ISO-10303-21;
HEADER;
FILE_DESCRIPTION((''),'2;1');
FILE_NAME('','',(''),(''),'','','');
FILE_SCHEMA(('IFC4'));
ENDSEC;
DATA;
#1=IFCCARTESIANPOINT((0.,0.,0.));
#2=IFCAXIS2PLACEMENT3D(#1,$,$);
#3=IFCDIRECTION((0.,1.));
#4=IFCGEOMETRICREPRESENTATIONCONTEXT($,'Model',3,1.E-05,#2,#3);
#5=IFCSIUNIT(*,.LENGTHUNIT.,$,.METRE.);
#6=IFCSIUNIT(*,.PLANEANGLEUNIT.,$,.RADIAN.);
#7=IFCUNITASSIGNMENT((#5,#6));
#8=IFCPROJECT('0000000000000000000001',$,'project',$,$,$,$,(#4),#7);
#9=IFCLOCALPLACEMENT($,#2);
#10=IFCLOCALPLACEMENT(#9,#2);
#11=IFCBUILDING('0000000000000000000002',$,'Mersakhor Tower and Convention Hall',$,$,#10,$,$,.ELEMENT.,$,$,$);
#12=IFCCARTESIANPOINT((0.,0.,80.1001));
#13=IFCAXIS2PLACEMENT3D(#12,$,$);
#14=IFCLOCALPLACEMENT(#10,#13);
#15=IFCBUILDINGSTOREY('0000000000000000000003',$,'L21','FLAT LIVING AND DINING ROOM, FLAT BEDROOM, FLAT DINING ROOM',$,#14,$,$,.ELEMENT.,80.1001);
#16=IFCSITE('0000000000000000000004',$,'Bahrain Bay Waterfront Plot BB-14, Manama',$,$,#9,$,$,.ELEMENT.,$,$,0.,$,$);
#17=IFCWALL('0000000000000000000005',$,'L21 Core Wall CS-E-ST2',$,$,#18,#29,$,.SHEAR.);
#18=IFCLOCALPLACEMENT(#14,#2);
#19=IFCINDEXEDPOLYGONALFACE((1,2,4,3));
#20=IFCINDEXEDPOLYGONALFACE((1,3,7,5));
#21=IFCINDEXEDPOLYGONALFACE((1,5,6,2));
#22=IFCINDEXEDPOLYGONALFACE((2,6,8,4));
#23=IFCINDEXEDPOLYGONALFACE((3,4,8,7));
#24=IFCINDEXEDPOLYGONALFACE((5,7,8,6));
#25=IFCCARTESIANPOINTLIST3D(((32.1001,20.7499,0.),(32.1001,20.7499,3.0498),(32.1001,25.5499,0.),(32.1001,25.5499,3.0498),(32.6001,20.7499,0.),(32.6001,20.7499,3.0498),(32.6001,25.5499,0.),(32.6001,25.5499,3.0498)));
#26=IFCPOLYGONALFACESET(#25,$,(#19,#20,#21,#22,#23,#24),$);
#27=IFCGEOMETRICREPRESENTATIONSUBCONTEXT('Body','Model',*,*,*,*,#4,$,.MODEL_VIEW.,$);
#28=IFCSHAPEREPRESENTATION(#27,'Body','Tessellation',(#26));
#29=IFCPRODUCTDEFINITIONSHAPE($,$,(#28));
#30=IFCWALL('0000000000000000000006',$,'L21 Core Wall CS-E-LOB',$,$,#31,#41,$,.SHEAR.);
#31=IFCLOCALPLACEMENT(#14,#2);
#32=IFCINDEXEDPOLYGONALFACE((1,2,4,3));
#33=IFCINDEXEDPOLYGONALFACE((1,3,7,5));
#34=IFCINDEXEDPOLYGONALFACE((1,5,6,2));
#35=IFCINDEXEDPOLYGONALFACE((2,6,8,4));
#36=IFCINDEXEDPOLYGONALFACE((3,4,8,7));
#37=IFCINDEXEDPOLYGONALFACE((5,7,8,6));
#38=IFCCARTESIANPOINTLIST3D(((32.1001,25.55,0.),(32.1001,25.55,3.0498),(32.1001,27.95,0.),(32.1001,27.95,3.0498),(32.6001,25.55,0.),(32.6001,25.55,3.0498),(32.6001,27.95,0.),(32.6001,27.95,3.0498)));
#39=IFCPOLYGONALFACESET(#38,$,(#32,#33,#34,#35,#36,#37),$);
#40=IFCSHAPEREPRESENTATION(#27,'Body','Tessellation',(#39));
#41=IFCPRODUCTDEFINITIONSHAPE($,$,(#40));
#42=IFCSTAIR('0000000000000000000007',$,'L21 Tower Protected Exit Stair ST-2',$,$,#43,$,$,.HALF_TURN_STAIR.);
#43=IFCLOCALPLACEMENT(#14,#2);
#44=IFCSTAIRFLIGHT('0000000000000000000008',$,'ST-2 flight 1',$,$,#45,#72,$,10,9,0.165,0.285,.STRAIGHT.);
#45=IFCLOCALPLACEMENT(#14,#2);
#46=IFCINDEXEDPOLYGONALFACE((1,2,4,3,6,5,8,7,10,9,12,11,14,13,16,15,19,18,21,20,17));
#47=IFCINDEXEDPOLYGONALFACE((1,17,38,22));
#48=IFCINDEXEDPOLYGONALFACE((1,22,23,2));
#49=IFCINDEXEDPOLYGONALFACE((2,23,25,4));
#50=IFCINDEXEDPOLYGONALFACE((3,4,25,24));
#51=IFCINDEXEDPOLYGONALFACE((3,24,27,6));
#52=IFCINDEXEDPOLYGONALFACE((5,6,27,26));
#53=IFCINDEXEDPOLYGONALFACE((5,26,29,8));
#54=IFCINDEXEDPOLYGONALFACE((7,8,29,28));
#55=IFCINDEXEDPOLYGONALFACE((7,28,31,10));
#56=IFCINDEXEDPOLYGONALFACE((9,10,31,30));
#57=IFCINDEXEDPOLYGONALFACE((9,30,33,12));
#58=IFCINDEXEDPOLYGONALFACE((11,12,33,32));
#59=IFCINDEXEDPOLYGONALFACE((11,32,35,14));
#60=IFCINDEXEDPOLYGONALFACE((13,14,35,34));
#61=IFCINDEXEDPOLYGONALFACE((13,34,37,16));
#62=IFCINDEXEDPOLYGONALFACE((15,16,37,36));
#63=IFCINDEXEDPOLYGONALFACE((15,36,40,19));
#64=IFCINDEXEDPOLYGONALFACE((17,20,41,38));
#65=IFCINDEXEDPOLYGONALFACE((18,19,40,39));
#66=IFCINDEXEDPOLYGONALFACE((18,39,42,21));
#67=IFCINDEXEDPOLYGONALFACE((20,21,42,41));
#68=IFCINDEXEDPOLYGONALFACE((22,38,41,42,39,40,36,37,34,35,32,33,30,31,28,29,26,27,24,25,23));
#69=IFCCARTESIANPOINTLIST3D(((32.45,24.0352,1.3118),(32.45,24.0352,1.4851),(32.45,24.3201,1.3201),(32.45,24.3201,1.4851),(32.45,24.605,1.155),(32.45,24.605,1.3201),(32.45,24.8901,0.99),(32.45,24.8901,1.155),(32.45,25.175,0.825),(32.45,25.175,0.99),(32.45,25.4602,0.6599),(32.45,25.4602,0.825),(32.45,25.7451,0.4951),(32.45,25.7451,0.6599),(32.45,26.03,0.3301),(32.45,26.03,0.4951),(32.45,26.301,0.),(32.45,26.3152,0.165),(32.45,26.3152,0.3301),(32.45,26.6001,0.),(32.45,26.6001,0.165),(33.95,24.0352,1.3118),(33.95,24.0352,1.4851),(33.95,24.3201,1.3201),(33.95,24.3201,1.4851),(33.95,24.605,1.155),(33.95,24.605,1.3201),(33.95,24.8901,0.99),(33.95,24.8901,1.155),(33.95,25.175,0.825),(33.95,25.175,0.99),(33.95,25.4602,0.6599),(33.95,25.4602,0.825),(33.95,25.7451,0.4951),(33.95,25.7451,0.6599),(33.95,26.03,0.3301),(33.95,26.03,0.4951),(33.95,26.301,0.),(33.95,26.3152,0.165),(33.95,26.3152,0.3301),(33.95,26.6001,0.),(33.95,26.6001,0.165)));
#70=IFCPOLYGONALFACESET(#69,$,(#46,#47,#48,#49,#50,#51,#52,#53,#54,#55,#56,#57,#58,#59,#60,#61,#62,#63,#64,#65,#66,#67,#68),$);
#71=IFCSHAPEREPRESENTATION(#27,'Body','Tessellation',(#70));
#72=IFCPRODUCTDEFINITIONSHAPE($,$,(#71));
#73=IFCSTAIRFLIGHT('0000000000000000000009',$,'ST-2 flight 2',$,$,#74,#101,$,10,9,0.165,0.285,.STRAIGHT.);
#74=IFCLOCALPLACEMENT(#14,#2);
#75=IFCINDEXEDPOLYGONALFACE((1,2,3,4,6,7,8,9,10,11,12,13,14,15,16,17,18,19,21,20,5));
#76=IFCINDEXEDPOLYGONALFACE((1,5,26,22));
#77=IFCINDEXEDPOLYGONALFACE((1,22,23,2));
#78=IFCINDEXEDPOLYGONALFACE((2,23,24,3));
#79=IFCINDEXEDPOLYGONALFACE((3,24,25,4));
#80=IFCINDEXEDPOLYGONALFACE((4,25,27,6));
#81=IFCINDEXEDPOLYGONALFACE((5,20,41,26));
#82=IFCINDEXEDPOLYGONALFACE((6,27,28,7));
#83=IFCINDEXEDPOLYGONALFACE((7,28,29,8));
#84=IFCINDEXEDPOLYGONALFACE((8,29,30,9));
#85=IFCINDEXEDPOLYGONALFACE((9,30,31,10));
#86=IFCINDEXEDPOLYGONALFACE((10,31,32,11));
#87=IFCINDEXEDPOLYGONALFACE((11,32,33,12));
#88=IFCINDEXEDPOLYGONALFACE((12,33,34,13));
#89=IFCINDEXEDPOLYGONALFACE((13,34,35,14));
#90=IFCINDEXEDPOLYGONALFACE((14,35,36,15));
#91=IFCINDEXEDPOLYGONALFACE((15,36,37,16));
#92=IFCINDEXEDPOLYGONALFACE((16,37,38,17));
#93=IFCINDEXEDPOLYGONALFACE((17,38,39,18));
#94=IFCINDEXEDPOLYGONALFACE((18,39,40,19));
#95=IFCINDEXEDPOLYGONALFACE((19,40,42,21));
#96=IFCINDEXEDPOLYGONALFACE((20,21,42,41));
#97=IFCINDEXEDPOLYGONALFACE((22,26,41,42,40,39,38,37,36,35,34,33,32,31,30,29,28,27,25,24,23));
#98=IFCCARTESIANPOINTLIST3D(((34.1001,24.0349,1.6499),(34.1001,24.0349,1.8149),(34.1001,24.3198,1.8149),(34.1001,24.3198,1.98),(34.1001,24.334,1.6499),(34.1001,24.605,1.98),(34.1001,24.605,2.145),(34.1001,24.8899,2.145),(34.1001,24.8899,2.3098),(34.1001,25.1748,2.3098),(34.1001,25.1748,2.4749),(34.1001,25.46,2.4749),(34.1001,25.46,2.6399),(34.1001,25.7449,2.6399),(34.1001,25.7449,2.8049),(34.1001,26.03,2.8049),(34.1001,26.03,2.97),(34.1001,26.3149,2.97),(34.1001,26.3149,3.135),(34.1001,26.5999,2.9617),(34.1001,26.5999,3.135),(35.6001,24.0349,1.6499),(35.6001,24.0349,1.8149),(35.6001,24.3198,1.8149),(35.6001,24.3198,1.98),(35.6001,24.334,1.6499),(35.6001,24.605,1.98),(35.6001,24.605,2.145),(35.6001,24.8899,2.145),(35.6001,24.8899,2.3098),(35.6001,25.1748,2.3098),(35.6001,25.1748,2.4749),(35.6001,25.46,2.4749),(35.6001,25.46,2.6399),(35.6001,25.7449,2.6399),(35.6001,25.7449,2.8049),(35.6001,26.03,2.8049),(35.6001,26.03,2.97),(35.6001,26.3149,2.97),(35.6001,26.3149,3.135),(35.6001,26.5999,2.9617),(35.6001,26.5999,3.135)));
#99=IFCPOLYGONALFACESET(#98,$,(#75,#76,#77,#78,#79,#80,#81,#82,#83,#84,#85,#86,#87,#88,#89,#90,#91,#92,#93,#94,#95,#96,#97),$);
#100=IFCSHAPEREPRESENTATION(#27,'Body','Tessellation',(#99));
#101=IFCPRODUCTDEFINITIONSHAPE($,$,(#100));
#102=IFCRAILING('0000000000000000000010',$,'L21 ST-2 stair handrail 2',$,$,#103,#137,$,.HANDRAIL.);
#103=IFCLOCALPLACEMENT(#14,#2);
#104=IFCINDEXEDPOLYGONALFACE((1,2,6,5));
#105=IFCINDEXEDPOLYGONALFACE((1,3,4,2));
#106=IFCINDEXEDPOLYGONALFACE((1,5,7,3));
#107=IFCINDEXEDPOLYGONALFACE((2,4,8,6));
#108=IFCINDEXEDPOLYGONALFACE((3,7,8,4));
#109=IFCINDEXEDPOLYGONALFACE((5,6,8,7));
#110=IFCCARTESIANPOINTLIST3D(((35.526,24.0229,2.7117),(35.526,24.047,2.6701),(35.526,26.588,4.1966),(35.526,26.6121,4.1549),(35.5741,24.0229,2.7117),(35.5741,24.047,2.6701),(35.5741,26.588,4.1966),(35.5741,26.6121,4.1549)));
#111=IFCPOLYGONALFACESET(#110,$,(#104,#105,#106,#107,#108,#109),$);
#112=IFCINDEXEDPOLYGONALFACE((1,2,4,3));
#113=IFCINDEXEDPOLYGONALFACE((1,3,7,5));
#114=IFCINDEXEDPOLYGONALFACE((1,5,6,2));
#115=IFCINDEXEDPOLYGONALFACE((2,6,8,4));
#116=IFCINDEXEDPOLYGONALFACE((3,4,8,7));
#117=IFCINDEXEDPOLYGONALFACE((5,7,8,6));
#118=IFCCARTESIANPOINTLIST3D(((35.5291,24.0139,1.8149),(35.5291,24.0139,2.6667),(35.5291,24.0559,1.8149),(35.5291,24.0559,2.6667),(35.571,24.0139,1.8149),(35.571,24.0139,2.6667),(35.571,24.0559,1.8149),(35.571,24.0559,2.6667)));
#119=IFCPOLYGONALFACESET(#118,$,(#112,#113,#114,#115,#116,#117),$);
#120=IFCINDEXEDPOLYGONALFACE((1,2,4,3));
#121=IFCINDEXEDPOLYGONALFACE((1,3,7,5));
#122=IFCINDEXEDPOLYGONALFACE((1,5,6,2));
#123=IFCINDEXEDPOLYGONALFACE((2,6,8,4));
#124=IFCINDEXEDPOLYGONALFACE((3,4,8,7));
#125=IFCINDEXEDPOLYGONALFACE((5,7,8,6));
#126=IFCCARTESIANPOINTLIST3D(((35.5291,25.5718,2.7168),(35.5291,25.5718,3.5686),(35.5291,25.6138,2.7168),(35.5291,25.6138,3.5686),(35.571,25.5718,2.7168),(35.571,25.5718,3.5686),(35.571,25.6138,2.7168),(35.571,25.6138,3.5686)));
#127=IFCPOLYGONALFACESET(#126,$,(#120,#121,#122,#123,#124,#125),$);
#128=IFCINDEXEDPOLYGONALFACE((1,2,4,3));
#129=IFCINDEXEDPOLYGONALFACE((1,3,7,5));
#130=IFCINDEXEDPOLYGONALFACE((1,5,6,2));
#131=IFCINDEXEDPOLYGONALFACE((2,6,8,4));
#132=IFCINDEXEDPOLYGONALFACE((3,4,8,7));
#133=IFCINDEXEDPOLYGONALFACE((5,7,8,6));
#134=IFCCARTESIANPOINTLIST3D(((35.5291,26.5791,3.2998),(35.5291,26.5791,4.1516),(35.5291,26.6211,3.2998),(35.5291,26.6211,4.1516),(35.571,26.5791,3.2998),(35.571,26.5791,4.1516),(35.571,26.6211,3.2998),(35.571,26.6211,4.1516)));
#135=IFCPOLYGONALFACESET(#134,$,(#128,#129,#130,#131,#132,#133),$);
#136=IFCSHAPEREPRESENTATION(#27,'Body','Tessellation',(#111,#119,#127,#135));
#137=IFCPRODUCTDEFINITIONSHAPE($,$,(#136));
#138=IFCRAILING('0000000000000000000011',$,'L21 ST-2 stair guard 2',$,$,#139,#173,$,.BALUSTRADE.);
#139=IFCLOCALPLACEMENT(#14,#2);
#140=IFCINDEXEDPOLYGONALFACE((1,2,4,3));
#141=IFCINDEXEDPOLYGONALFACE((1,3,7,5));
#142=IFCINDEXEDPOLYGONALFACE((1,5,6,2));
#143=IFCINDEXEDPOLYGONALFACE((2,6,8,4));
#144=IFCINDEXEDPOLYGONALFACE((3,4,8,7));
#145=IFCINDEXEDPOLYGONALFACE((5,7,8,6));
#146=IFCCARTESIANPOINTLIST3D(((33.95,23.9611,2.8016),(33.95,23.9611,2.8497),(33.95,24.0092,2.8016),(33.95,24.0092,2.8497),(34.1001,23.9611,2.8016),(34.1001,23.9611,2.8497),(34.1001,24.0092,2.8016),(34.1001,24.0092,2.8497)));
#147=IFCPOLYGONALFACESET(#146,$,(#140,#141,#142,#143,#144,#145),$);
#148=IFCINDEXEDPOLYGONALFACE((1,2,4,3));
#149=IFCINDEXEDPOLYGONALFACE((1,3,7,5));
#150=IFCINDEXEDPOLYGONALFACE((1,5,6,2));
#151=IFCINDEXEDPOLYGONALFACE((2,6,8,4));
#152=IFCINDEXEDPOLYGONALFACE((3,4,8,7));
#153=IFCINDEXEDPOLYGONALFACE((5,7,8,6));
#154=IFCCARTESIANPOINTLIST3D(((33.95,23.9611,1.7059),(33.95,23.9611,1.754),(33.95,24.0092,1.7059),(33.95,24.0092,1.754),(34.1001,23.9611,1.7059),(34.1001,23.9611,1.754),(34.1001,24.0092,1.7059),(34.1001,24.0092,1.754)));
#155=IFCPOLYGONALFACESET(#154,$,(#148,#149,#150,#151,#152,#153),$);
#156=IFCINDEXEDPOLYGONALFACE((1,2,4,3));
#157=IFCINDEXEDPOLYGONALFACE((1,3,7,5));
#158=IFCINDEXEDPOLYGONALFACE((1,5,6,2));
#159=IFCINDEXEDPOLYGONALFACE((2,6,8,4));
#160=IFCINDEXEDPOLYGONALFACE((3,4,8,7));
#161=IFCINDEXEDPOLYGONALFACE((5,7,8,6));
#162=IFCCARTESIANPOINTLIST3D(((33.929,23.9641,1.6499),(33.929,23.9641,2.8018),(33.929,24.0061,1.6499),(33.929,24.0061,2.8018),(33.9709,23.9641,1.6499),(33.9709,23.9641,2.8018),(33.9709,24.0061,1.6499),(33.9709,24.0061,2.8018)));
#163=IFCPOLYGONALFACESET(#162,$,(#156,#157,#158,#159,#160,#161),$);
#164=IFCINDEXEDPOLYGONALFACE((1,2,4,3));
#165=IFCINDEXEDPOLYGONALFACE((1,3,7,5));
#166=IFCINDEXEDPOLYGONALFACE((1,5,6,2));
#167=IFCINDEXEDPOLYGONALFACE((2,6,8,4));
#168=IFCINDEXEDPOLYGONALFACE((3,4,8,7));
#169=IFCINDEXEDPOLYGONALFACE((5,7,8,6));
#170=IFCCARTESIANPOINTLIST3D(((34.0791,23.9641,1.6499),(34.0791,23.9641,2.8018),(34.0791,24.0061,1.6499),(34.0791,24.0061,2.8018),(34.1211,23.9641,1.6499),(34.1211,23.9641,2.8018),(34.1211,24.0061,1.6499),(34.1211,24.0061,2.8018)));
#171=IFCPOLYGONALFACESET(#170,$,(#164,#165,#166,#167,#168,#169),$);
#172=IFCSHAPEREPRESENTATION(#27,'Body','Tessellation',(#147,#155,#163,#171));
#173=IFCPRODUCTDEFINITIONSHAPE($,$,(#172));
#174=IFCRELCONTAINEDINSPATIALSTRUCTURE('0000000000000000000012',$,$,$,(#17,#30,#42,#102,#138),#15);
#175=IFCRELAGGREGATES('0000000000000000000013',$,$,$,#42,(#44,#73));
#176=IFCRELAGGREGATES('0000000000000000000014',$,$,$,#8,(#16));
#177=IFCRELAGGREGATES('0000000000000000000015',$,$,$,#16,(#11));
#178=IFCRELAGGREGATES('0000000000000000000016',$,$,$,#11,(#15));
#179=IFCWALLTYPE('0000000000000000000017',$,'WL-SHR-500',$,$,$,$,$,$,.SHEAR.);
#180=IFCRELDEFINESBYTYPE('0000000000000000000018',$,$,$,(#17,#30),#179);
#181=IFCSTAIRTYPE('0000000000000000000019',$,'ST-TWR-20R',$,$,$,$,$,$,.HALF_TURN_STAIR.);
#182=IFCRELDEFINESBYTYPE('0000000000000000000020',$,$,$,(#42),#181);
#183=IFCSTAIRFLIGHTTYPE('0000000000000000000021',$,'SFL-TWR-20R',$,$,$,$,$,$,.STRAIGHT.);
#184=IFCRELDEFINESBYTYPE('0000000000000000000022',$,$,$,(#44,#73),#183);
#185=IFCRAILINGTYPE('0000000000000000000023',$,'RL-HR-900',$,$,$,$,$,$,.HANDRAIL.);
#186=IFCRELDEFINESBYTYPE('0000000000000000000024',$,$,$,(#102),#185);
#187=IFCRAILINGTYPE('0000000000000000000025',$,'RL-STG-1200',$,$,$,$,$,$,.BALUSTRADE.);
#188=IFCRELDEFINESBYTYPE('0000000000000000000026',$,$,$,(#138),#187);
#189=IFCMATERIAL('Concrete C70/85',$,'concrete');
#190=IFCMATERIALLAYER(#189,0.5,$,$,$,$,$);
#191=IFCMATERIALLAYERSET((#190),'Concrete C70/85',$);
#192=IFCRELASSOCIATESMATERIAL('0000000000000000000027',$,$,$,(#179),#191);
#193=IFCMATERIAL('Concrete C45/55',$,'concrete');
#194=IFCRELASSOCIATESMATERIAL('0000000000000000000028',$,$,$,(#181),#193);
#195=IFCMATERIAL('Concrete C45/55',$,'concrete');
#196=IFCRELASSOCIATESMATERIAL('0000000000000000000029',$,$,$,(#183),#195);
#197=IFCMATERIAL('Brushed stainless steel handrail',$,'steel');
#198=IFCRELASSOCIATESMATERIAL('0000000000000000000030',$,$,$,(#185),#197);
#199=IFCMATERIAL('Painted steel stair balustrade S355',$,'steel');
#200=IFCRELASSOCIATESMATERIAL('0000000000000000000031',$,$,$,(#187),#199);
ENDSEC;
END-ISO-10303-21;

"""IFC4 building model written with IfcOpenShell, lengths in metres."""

from ifc_helpers import new_model, si_unit, direction, frame, frame_2d, origin, origin_2d, place, context, subcontext, project, spatial, polyline, rectangle, outline, extrude, material, layer, layer_set, type_object, element, aggregate, save


model = new_model("IFC4")

# Units and contexts
model_context = context("Model", 3, precision=1e-05, world=origin(), true_north=direction((0.0, 1.0)))
body_context = subcontext(model_context, "Body", "Model", "MODEL_VIEW")
ifc_project = project(units=[si_unit("LENGTHUNIT", "METRE"), si_unit("PLANEANGLEUNIT", "RADIAN")], contexts=[model_context])

# Site, building, storey
site_placement = place(None, origin())
site = spatial("IfcSite", under=ifc_project, at=site_placement, Name="Bahrain Bay Waterfront Plot BB-14, Manama", CompositionType="ELEMENT", RefElevation=0.0)
building_placement = place(site_placement, origin())
building = spatial("IfcBuilding", under=site, at=building_placement, Name="Mersakhor Tower and Convention Hall", CompositionType="ELEMENT")
storey_placement = place(building_placement, frame((0.0, 0.0, 80.1001)))
storey = spatial("IfcBuildingStorey", under=building, at=storey_placement, Name="L21", Description="FLAT LIVING AND DINING ROOM, FLAT BEDROOM, FLAT DINING ROOM", CompositionType="ELEMENT", Elevation=80.1001)

# Shared definitions
ifc_material_1 = material(Name="Concrete C70/85", Category="concrete")
ifc_layer_1 = layer(ifc_material_1, 0.5)
ifc_layer_set_1 = layer_set([ifc_layer_1], Name="Concrete C70/85")
wall_type_1 = type_object("IfcWallType", Name="WL-SHR-500", PredefinedType="SHEAR", material=ifc_layer_set_1)

# Walls
wall_1_placement = place(storey_placement, frame((32.3501, 20.75, 0.0), z_axis=(0.0, 0.0, 1.0), x_axis=(0.0, 1.0, 0.0)))
element("IfcWall", 1, at=wall_1_placement, inside=storey, type_object=wall_type_1, Name="L21 Core Wall CS-E-ST2", PredefinedType="SHEAR", context=body_context, shape_type="SweptSolid", body=[
    extrude(rectangle(XDim=4.8, YDim=0.5, at=frame_2d((2.3999, 0.0))), origin(), (0.0, 0.0, 1.0), 3.0498),
])
wall_2_placement = place(storey_placement, frame((32.3501, 25.55, 0.0), z_axis=(0.0, 0.0, 1.0), x_axis=(0.0, 1.0, 0.0)))
element("IfcWall", 2, at=wall_2_placement, inside=storey, type_object=wall_type_1, Name="L21 Core Wall CS-E-LOB", PredefinedType="SHEAR", context=body_context, shape_type="SweptSolid", body=[
    extrude(rectangle(XDim=2.3999, YDim=0.5, at=frame_2d((1.2, 0.0))), origin(), (0.0, 0.0, 1.0), 3.0498),
])

# Stair, stair flights
ifc_material_2 = material(Name="Concrete C45/55", Category="concrete")
stair_type = type_object("IfcStairType", Name="ST-TWR-20R", PredefinedType="HALF_TURN_STAIR", material=ifc_material_2)
stair_placement = place(storey_placement, origin())
stair = element("IfcStair", 3, at=stair_placement, inside=storey, type_object=stair_type, Name="L21 Tower Protected Exit Stair ST-2", PredefinedType="HALF_TURN_STAIR")
ifc_material_3 = material(Name="Concrete C45/55", Category="concrete")
stair_flight_type = type_object("IfcStairFlightType", Name="SFL-TWR-20R", PredefinedType="STRAIGHT", material=ifc_material_3)
stair_flight_1_placement = place(storey_placement, frame((33.2, 26.6001, 0.0), z_axis=(0.0, 0.0, 1.0), x_axis=(0.0, -1.0, 0.0)))
stair_flight_1 = element("IfcStairFlight", 4, at=stair_flight_1_placement, type_object=stair_flight_type, Name="ST-2 flight 1", NumberOfRisers=10, NumberOfTreads=9, PredefinedType="STRAIGHT", RiserHeight=0.165, TreadLength=0.285, context=body_context, shape_type="SweptSolid", body=[
    extrude(outline(polyline([(0.0, 0.0), (0.0, 0.165), (0.2849, 0.165), (0.2849, 0.3301), (0.5701, 0.3301), (0.5701, 0.4951), (0.855, 0.4951), (0.855, 0.6599), (1.1399, 0.6599), (1.1399, 0.825), (1.425, 0.825), (1.425, 0.99), (1.71, 0.99), (1.71, 1.155), (1.9951, 1.155), (1.9951, 1.3201), (2.28, 1.3201), (2.28, 1.4851), (2.5649, 1.4851), (2.5649, 1.6499), (2.5649, 1.3118), (0.2991, 0.0), (0.0, 0.0)])), frame((0.0, 0.75, 0.0), z_axis=(0.0, -1.0, 0.0), x_axis=(1.0, 0.0, 0.0)), (0.0, 0.0, 1.0), 1.5),
])
stair_flight_2_placement = place(storey_placement, frame((34.8501, 24.0349, 1.6499), z_axis=(0.0, 0.0, 1.0), x_axis=(0.0, 1.0, 0.0)))
stair_flight_2 = element("IfcStairFlight", 5, at=stair_flight_2_placement, type_object=stair_flight_type, Name="ST-2 flight 2", NumberOfRisers=10, NumberOfTreads=9, PredefinedType="STRAIGHT", RiserHeight=0.165, TreadLength=0.285, context=body_context, shape_type="SweptSolid", body=[
    extrude(outline(polyline([(0.0, 0.0), (0.0, 0.165), (0.2849, 0.165), (0.2849, 0.3301), (0.5701, 0.3301), (0.5701, 0.4951), (0.855, 0.4951), (0.855, 0.6599), (1.1399, 0.6599), (1.1399, 0.825), (1.425, 0.825), (1.425, 0.99), (1.71, 0.99), (1.71, 1.155), (1.9951, 1.155), (1.9951, 1.3201), (2.28, 1.3201), (2.28, 1.4851), (2.5649, 1.4851), (2.5649, 1.6499), (2.5649, 1.3118), (0.2991, 0.0), (0.0, 0.0)])), frame((0.0, 0.75, 0.0), z_axis=(0.0, -1.0, 0.0), x_axis=(1.0, 0.0, 0.0)), (0.0, 0.0, 1.0), 1.5),
])
aggregate(stair, [stair_flight_1, stair_flight_2])

# Railings
ifc_material_4 = material(Name="Brushed stainless steel handrail", Category="steel")
railing_type_1 = type_object("IfcRailingType", Name="RL-HR-900", PredefinedType="HANDRAIL", material=ifc_material_4)
railing_1_placement = place(storey_placement, frame((35.55, 24.0349, 1.8149)))
element("IfcRailing", 6, at=railing_1_placement, inside=storey, type_object=railing_type_1, Name="L21 ST-2 stair handrail 2", PredefinedType="HANDRAIL", context=body_context, shape_type="SweptSolid", body=[
    extrude(rectangle(XDim=0.0481, YDim=0.0481, at=origin_2d()), frame((0.0, 0.0, 0.876), z_axis=(0.0, 0.865462, 0.500975), x_axis=(-1.0, 0.0, 0.0)), (0.0, 0.0, 1.0), 2.9639),
    extrude(rectangle(XDim=0.042, YDim=0.042, at=origin_2d()), origin(), (0.0, 0.0, 1.0), 0.8518),
    extrude(rectangle(XDim=0.042, YDim=0.042, at=origin_2d()), frame((0.0, 1.5579, 0.9019)), (0.0, 0.0, 1.0), 0.8518),
    extrude(rectangle(XDim=0.042, YDim=0.042, at=origin_2d()), frame((0.0, 2.5652, 1.4849)), (0.0, 0.0, 1.0), 0.8518),
])
ifc_material_5 = material(Name="Painted steel stair balustrade S355", Category="steel")
railing_type_2 = type_object("IfcRailingType", Name="RL-STG-1200", PredefinedType="BALUSTRADE", material=ifc_material_5)
railing_2_placement = place(storey_placement, frame((33.95, 23.9851, 1.6499)))
element("IfcRailing", 7, at=railing_2_placement, inside=storey, type_object=railing_type_2, Name="L21 ST-2 stair guard 2", PredefinedType="BALUSTRADE", context=body_context, shape_type="SweptSolid", body=[
    extrude(rectangle(XDim=0.0481, YDim=0.0481, at=origin_2d()), frame((0.0, 0.0, 1.1758), z_axis=(1.0, 0.0, 0.0), x_axis=(0.0, 1.0, 0.0)), (0.0, 0.0, 1.0), 0.1501),
    extrude(rectangle(XDim=0.0481, YDim=0.0481, at=origin_2d()), frame((0.0, 0.0, 0.0801), z_axis=(1.0, 0.0, 0.0), x_axis=(0.0, 1.0, 0.0)), (0.0, 0.0, 1.0), 0.1501),
    extrude(rectangle(XDim=0.042, YDim=0.042, at=origin_2d()), origin(), (0.0, 0.0, 1.0), 1.1519),
    extrude(rectangle(XDim=0.042, YDim=0.042, at=origin_2d()), frame((0.1501, 0.0, 0.0)), (0.0, 0.0, 1.0), 1.1519),
])

save(model, "model.ifc")
